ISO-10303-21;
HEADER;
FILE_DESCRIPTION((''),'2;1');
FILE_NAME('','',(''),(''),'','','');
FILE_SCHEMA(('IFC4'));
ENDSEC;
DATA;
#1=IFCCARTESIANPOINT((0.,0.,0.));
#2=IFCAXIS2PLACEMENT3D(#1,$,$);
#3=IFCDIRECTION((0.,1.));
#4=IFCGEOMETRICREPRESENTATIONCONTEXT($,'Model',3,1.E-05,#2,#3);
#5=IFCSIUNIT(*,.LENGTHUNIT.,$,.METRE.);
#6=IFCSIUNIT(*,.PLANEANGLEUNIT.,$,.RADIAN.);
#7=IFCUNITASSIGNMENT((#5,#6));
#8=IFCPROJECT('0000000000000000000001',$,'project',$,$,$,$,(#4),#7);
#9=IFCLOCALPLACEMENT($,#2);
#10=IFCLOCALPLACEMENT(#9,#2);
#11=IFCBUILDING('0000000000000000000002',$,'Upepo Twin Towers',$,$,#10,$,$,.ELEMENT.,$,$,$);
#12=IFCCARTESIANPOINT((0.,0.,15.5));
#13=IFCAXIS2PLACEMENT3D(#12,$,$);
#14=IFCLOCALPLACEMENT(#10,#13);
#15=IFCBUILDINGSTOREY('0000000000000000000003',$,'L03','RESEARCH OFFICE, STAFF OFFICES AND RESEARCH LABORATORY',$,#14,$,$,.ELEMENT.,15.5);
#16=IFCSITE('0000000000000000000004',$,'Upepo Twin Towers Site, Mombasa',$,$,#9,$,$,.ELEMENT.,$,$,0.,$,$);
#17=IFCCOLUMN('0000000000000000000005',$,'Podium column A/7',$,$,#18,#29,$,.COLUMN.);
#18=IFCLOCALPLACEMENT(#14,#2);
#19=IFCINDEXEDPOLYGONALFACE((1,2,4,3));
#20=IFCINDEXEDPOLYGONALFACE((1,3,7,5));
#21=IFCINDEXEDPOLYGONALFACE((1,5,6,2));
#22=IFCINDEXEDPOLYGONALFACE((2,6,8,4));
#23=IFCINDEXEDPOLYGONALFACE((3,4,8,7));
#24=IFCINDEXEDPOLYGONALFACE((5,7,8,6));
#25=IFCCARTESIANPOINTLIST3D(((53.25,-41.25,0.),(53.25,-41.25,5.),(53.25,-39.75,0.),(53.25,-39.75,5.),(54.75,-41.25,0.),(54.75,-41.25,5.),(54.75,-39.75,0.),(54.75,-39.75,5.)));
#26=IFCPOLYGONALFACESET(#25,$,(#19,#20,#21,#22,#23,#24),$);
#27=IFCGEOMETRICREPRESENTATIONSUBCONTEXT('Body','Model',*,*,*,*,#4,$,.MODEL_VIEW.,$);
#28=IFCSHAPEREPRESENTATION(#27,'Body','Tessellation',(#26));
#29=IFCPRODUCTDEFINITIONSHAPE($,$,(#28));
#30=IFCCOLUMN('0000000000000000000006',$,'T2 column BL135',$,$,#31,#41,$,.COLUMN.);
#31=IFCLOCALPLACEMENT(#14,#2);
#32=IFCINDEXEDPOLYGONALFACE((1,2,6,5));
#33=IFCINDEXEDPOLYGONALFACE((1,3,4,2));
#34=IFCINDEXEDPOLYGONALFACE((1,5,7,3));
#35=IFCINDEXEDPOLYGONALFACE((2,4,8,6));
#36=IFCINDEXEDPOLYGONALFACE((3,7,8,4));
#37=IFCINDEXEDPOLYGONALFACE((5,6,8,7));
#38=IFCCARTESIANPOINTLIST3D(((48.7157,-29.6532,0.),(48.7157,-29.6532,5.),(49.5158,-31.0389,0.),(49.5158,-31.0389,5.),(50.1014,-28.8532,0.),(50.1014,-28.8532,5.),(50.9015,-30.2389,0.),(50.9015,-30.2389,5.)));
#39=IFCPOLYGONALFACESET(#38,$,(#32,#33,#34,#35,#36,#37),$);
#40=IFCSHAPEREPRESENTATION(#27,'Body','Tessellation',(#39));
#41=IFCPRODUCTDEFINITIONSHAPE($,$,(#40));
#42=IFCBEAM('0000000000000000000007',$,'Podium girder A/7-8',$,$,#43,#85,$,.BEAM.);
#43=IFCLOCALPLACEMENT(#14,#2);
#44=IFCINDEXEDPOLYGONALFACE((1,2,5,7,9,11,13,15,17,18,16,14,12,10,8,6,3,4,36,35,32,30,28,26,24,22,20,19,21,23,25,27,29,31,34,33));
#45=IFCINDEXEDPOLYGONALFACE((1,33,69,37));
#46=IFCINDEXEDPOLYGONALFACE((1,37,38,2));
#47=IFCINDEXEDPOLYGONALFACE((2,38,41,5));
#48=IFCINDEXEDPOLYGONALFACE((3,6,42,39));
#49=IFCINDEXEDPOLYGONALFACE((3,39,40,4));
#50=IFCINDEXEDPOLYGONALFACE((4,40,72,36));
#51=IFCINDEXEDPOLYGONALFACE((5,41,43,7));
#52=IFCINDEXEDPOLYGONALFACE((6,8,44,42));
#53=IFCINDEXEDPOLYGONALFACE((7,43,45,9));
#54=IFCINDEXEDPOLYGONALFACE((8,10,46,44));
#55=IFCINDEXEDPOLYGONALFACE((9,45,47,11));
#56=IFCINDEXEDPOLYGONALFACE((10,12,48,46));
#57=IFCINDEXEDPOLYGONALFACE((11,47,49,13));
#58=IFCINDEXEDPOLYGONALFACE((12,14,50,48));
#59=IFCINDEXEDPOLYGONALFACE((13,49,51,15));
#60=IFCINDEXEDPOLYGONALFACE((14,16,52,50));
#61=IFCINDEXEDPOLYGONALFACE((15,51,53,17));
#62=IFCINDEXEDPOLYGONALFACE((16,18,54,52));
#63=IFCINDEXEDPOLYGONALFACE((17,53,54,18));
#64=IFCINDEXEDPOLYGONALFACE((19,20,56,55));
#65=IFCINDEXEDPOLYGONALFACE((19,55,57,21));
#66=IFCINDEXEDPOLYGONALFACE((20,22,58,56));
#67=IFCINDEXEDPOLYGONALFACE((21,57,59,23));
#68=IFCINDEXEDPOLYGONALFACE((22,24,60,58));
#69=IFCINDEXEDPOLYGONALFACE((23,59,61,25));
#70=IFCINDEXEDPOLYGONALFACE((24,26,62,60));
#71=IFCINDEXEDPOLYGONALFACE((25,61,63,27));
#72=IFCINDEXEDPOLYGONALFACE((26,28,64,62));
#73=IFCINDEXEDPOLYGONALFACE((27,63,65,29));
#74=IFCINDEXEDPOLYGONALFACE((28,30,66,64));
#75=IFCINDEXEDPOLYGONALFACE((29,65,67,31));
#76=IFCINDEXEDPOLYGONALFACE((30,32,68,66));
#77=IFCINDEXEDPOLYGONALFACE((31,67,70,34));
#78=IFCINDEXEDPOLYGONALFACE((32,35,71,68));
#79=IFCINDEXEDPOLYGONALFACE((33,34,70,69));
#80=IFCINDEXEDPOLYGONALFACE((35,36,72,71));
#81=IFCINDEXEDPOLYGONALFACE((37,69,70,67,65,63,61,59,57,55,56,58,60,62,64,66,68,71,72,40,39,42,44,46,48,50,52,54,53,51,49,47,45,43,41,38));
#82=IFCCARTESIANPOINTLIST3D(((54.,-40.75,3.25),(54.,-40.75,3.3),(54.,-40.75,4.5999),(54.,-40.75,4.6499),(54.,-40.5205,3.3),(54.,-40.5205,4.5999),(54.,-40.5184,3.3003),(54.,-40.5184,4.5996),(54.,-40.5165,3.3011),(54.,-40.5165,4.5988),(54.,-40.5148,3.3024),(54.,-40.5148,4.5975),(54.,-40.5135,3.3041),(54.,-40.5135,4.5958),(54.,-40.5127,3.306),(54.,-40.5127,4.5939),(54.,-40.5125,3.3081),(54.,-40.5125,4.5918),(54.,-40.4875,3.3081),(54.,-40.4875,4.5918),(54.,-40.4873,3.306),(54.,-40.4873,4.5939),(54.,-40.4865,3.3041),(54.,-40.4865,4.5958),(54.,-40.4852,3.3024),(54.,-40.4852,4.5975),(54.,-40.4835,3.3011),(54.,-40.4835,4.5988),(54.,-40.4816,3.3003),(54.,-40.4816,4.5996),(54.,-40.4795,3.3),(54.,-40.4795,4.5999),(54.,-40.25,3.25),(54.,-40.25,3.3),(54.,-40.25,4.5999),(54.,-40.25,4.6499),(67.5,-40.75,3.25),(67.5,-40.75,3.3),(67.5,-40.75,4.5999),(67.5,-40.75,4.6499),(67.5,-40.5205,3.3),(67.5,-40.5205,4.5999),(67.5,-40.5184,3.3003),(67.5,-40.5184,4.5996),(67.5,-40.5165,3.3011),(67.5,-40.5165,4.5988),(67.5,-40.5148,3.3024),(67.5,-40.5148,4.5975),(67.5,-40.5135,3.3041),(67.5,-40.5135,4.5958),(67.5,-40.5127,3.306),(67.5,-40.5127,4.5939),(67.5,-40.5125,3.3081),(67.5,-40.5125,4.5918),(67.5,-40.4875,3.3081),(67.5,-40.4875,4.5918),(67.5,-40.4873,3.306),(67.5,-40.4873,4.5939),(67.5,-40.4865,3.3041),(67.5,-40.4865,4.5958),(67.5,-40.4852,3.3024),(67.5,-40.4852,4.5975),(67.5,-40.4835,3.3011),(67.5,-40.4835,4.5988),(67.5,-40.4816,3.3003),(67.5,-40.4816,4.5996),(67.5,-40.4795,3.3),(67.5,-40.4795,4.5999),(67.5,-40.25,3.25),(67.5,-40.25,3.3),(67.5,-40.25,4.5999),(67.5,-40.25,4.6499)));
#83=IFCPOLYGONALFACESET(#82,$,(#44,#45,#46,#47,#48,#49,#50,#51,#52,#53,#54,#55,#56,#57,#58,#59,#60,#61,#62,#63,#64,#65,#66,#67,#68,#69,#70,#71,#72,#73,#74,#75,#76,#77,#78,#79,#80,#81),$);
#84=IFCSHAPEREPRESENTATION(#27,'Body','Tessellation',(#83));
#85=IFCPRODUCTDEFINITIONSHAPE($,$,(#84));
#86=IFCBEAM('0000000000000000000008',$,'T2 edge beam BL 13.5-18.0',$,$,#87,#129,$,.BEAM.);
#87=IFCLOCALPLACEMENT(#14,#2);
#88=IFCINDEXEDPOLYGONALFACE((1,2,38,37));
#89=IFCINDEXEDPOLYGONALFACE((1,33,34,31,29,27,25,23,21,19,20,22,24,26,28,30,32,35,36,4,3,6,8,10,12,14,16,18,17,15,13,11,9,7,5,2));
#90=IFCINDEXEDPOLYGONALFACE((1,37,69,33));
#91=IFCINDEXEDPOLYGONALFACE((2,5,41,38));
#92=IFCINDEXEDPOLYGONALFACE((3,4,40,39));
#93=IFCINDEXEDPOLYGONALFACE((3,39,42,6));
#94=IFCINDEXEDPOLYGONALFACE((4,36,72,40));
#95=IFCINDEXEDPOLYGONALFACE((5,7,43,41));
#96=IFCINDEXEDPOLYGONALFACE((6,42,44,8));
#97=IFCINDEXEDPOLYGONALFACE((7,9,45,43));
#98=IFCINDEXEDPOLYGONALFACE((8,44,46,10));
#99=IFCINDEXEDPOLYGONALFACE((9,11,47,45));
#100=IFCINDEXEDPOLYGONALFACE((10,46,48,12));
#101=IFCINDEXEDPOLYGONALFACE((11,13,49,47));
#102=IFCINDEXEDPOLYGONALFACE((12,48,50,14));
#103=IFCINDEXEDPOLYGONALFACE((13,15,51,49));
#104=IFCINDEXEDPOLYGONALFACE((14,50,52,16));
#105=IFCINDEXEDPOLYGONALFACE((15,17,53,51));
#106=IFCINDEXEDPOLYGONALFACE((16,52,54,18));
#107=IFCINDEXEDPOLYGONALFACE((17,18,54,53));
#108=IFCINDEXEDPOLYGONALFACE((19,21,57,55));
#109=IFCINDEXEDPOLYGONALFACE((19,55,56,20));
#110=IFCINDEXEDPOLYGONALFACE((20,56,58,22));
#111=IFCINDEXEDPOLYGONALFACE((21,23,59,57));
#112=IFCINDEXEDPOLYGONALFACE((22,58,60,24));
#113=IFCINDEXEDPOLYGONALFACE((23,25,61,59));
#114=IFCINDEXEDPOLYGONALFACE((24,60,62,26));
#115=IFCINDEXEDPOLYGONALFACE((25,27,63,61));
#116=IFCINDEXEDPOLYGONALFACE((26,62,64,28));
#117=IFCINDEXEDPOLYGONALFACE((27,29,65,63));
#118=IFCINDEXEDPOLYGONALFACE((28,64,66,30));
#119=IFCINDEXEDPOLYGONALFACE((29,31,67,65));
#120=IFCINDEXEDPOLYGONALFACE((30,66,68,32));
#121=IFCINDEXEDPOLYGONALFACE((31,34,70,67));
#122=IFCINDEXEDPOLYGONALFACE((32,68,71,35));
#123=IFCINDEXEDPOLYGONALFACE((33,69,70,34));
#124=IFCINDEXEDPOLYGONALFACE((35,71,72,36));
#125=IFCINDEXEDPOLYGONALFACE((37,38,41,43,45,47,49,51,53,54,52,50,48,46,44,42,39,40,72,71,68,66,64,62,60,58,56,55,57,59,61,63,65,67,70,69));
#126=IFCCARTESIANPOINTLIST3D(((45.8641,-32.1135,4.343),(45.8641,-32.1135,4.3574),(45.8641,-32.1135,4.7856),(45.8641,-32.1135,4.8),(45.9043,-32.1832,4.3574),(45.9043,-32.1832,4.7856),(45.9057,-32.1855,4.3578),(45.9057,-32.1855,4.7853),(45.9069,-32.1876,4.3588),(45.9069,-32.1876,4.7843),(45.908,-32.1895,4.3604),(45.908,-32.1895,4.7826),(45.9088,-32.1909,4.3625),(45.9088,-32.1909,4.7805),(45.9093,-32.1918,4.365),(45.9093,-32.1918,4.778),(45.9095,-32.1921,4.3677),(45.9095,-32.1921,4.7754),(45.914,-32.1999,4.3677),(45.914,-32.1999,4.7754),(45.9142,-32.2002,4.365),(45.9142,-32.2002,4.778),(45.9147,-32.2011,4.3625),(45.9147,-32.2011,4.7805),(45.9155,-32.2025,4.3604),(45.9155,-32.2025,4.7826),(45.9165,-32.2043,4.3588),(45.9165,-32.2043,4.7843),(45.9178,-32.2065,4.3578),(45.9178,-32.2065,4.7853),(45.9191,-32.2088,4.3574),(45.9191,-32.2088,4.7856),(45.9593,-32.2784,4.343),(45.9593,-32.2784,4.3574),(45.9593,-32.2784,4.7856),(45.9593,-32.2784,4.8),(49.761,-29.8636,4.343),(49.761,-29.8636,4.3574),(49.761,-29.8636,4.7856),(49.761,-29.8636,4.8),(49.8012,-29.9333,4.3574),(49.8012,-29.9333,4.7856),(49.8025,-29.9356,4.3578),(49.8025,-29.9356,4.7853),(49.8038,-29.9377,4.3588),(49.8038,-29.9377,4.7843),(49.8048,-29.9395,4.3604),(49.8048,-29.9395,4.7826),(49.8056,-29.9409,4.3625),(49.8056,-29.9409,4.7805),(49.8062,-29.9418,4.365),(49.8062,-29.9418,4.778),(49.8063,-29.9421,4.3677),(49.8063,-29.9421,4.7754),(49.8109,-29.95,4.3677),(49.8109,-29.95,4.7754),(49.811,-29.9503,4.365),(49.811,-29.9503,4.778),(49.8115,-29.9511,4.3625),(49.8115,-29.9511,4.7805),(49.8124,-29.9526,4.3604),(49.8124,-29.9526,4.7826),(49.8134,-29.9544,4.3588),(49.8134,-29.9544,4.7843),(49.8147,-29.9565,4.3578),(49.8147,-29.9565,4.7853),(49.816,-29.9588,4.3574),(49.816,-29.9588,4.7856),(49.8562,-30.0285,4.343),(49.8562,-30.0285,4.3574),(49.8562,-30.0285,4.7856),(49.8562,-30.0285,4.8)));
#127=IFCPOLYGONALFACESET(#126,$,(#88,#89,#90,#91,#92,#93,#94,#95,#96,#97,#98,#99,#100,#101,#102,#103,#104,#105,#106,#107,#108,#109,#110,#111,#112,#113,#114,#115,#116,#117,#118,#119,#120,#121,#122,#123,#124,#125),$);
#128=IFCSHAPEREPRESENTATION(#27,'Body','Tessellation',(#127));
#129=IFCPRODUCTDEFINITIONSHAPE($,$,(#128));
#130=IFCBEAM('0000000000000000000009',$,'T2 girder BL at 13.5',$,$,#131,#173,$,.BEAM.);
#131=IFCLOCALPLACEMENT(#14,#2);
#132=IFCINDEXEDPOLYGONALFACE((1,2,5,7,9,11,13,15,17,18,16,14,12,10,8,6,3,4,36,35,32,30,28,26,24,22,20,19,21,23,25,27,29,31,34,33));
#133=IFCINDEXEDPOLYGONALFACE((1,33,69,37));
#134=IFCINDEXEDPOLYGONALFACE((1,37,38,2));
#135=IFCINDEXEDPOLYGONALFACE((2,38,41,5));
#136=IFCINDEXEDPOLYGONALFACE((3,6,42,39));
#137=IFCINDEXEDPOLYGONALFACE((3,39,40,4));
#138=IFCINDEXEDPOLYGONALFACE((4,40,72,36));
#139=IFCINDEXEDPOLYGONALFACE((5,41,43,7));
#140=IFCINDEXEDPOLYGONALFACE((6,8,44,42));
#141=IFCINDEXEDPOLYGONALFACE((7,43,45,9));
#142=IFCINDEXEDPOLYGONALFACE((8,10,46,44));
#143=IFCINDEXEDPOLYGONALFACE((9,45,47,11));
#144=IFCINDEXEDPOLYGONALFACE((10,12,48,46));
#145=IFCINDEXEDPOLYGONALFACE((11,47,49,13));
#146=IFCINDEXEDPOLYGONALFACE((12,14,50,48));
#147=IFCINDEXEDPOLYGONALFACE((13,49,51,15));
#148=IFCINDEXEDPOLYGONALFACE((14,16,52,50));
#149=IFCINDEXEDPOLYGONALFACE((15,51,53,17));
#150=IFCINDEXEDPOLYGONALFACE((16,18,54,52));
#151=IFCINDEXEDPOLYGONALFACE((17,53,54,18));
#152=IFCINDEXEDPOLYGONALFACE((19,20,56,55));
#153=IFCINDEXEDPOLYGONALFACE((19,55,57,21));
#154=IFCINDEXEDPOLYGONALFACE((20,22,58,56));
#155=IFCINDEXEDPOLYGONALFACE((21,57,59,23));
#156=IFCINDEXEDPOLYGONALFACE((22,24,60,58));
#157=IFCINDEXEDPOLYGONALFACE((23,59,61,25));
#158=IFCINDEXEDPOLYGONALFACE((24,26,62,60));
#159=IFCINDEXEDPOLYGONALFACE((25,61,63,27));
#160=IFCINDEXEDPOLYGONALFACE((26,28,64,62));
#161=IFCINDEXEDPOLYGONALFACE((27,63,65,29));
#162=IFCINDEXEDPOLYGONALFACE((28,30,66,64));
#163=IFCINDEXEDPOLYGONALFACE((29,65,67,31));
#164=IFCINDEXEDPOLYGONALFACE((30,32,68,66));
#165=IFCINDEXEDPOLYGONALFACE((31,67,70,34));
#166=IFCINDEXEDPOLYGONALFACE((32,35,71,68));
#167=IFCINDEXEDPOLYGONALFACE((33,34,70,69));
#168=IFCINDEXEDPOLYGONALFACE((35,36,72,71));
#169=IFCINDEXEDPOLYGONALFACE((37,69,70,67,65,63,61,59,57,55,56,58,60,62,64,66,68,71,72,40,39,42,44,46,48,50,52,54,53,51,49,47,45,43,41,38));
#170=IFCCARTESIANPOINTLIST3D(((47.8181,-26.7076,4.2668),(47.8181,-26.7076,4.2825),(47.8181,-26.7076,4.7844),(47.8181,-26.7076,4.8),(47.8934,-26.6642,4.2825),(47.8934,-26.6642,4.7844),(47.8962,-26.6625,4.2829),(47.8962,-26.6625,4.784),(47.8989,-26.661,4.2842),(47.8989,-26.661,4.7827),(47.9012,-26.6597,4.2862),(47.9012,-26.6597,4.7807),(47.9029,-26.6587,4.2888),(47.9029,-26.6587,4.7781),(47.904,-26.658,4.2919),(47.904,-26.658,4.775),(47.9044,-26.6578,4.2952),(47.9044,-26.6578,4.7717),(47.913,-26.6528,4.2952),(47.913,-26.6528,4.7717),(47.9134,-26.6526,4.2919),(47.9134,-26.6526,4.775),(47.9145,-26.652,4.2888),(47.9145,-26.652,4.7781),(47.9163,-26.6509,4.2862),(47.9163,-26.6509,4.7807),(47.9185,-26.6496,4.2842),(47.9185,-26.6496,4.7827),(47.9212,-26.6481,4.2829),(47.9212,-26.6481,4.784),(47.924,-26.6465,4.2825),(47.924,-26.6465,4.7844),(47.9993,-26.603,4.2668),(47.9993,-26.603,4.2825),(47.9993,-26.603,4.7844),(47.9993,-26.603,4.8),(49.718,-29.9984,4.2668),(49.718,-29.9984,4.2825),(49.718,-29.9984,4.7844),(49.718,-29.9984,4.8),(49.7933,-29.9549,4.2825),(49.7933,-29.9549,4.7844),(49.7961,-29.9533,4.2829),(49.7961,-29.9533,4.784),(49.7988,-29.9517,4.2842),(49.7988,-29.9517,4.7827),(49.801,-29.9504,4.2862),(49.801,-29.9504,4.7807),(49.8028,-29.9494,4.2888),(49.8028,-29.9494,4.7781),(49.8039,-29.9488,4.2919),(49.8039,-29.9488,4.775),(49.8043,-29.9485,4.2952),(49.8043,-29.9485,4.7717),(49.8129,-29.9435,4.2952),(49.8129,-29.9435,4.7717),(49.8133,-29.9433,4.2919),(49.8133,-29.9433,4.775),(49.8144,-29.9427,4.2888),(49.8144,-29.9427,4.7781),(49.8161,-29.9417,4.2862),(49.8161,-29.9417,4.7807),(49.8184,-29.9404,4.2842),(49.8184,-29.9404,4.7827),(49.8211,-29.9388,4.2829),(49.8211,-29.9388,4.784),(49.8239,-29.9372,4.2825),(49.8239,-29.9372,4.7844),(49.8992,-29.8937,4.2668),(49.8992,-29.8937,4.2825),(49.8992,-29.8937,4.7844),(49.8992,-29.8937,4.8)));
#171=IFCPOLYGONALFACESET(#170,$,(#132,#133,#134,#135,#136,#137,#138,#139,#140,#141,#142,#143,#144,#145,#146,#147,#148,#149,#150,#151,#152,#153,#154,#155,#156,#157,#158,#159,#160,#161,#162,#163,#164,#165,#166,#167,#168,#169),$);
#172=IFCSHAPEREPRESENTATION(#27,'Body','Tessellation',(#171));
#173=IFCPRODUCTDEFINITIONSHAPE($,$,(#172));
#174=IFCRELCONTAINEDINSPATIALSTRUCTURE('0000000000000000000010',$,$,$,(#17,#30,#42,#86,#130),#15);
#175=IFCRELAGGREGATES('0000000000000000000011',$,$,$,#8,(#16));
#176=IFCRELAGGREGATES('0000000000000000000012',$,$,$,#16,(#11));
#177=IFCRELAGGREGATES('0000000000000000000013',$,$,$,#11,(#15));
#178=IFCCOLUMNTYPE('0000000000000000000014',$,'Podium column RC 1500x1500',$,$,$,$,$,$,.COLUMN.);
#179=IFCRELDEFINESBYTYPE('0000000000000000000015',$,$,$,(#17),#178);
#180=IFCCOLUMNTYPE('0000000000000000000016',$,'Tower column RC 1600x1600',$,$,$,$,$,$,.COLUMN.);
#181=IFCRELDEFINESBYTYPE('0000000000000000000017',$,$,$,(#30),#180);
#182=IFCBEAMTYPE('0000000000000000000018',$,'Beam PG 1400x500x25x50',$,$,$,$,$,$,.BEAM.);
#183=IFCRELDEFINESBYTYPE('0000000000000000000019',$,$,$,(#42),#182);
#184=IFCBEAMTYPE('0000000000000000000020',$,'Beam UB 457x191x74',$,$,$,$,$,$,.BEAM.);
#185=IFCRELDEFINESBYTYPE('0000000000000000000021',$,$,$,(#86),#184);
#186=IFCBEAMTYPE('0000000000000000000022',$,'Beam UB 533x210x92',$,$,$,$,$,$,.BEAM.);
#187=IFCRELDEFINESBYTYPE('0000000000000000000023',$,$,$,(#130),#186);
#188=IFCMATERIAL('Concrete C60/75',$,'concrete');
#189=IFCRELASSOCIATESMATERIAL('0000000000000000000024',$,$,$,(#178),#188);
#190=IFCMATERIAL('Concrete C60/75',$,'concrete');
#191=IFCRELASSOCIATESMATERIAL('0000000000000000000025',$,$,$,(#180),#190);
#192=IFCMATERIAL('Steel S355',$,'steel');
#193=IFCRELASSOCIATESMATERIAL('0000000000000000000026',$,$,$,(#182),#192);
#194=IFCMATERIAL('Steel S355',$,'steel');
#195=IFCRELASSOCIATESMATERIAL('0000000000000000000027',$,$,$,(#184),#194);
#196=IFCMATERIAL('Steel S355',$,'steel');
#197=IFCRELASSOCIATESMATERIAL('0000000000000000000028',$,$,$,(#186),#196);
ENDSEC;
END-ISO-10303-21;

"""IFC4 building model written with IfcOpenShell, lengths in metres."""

from ifc_helpers import new_model, si_unit, direction, frame, origin, origin_2d, place, context, subcontext, project, spatial, rectangle, i_section, extrude, material, material_profile, profile_set, type_object, element, save


model = new_model("IFC4")

# Units and contexts
model_context = context("Model", 3, precision=1e-05, world=origin(), true_north=direction((0.0, 1.0)))
body_context = subcontext(model_context, "Body", "Model", "MODEL_VIEW")
ifc_project = project(units=[si_unit("LENGTHUNIT", "METRE"), si_unit("PLANEANGLEUNIT", "RADIAN")], contexts=[model_context])

# Site, building, storey
site_placement = place(None, origin())
site = spatial("IfcSite", under=ifc_project, at=site_placement, Name="Upepo Twin Towers Site, Mombasa", CompositionType="ELEMENT", RefElevation=0.0)
building_placement = place(site_placement, origin())
building = spatial("IfcBuilding", under=site, at=building_placement, Name="Upepo Twin Towers", CompositionType="ELEMENT")
storey_placement = place(building_placement, frame((0.0, 0.0, 15.5)))
storey = spatial("IfcBuildingStorey", under=building, at=storey_placement, Name="L03", Description="RESEARCH OFFICE, STAFF OFFICES AND RESEARCH LABORATORY", CompositionType="ELEMENT", Elevation=15.5)

# Columns
ifc_material_1 = material(Name="Concrete C60/75", Category="concrete")
ifc_material_profile_1 = material_profile(ifc_material_1, rectangle(XDim=1.5, YDim=1.5, at=origin_2d()), Name="RC 1500x1500")
ifc_profile_set_1 = profile_set([ifc_material_profile_1], Name="Concrete C60/75")
column_type_1 = type_object("IfcColumnType", Name="Podium column RC 1500x1500", PredefinedType="COLUMN", material=ifc_profile_set_1)
column_1_placement = place(storey_placement, frame((54.0, -40.5, 0.0), z_axis=(0.0, 0.0, 1.0), x_axis=(1.0, 0.0, 0.0)))
element("IfcColumn", 1, at=column_1_placement, inside=storey, type_object=column_type_1, Name="Podium column A/7", PredefinedType="COLUMN", context=body_context, shape_type="SweptSolid", body=[
    extrude(rectangle(XDim=1.5, YDim=1.5, at=origin_2d()), origin(), (0.0, 0.0, 1.0), 5.0),
])
ifc_material_2 = material(Name="Concrete C60/75", Category="concrete")
ifc_material_profile_2 = material_profile(ifc_material_2, rectangle(XDim=1.6001, YDim=1.6001, at=origin_2d()), Name="RC 1600x1600")
ifc_profile_set_2 = profile_set([ifc_material_profile_2], Name="Concrete C60/75")
column_type_2 = type_object("IfcColumnType", Name="Tower column RC 1600x1600", PredefinedType="COLUMN", material=ifc_profile_set_2)
column_2_placement = place(storey_placement, frame((49.8086, -29.946, 0.0), z_axis=(0.0, 0.0, 1.0), x_axis=(0.866025, 0.5, 0.0)))
element("IfcColumn", 2, at=column_2_placement, inside=storey, type_object=column_type_2, Name="T2 column BL135", PredefinedType="COLUMN", context=body_context, shape_type="SweptSolid", body=[
    extrude(rectangle(XDim=1.6001, YDim=1.6001, at=origin_2d()), origin(), (0.0, 0.0, 1.0), 5.0),
])

# Beams
ifc_material_3 = material(Name="Steel S355", Category="steel")
ifc_material_profile_3 = material_profile(ifc_material_3, i_section(OverallWidth=0.5, OverallDepth=1.3999, WebThickness=0.0249, FlangeThickness=0.05, FilletRadius=0.0081, at=origin_2d()), Name="PG 1400x500x25x50")
ifc_profile_set_3 = profile_set([ifc_material_profile_3], Name="Steel S355")
beam_type_1 = type_object("IfcBeamType", Name="Beam PG 1400x500x25x50", PredefinedType="BEAM", material=ifc_profile_set_3)
beam_1_placement = place(storey_placement, frame((54.0, -40.5, 3.95), z_axis=(1.0, 0.0, 0.0), x_axis=(0.0, 1.0, 0.0)))
element("IfcBeam", 3, at=beam_1_placement, inside=storey, type_object=beam_type_1, Name="Podium girder A/7-8", PredefinedType="BEAM", context=body_context, shape_type="SweptSolid", body=[
    extrude(i_section(OverallWidth=0.5, OverallDepth=1.3999, WebThickness=0.0249, FlangeThickness=0.05, FilletRadius=0.0081, at=origin_2d()), origin(), (0.0, 0.0, 1.0), 13.5),
])
ifc_material_4 = material(Name="Steel S355", Category="steel")
ifc_material_profile_4 = material_profile(ifc_material_4, i_section(OverallWidth=0.1904, OverallDepth=0.457, WebThickness=0.009, FlangeThickness=0.0144, FilletRadius=0.0103, at=origin_2d()), Name="UB 457x191x74")
ifc_profile_set_4 = profile_set([ifc_material_profile_4], Name="Steel S355")
beam_type_2 = type_object("IfcBeamType", Name="Beam UB 457x191x74", PredefinedType="BEAM", material=ifc_profile_set_4)
beam_2_placement = place(storey_placement, frame((49.8086, -29.946, 4.5715), z_axis=(-0.866018, -0.500014, 0.0), x_axis=(0.500014, -0.866018, 0.0)))
element("IfcBeam", 4, at=beam_2_placement, inside=storey, type_object=beam_type_2, Name="T2 edge beam BL 13.5-18.0", PredefinedType="BEAM", context=body_context, shape_type="SweptSolid", body=[
    extrude(i_section(OverallWidth=0.1904, OverallDepth=0.457, WebThickness=0.009, FlangeThickness=0.0144, FilletRadius=0.0103, at=origin_2d()), origin(), (0.0, 0.0, 1.0), 4.4998),
])
ifc_material_5 = material(Name="Steel S355", Category="steel")
ifc_material_profile_5 = material_profile(ifc_material_5, i_section(OverallWidth=0.2092, OverallDepth=0.5332, WebThickness=0.01, FlangeThickness=0.0156, FilletRadius=0.0127, at=origin_2d()), Name="UB 533x210x92")
ifc_profile_set_5 = profile_set([ifc_material_profile_5], Name="Steel S355")
beam_type_3 = type_object("IfcBeamType", Name="Beam UB 533x210x92", PredefinedType="BEAM", material=ifc_profile_set_5)
beam_3_placement = place(storey_placement, frame((49.8086, -29.946, 4.5334), z_axis=(-0.499995, 0.866028, 0.0), x_axis=(-0.866028, -0.499995, 0.0)))
element("IfcBeam", 5, at=beam_3_placement, inside=storey, type_object=beam_type_3, Name="T2 girder BL at 13.5", PredefinedType="BEAM", context=body_context, shape_type="SweptSolid", body=[
    extrude(i_section(OverallWidth=0.2092, OverallDepth=0.5332, WebThickness=0.01, FlangeThickness=0.0156, FilletRadius=0.0127, at=origin_2d()), origin(), (0.0, 0.0, 1.0), 3.7998),
])

save(model, "model.ifc")
